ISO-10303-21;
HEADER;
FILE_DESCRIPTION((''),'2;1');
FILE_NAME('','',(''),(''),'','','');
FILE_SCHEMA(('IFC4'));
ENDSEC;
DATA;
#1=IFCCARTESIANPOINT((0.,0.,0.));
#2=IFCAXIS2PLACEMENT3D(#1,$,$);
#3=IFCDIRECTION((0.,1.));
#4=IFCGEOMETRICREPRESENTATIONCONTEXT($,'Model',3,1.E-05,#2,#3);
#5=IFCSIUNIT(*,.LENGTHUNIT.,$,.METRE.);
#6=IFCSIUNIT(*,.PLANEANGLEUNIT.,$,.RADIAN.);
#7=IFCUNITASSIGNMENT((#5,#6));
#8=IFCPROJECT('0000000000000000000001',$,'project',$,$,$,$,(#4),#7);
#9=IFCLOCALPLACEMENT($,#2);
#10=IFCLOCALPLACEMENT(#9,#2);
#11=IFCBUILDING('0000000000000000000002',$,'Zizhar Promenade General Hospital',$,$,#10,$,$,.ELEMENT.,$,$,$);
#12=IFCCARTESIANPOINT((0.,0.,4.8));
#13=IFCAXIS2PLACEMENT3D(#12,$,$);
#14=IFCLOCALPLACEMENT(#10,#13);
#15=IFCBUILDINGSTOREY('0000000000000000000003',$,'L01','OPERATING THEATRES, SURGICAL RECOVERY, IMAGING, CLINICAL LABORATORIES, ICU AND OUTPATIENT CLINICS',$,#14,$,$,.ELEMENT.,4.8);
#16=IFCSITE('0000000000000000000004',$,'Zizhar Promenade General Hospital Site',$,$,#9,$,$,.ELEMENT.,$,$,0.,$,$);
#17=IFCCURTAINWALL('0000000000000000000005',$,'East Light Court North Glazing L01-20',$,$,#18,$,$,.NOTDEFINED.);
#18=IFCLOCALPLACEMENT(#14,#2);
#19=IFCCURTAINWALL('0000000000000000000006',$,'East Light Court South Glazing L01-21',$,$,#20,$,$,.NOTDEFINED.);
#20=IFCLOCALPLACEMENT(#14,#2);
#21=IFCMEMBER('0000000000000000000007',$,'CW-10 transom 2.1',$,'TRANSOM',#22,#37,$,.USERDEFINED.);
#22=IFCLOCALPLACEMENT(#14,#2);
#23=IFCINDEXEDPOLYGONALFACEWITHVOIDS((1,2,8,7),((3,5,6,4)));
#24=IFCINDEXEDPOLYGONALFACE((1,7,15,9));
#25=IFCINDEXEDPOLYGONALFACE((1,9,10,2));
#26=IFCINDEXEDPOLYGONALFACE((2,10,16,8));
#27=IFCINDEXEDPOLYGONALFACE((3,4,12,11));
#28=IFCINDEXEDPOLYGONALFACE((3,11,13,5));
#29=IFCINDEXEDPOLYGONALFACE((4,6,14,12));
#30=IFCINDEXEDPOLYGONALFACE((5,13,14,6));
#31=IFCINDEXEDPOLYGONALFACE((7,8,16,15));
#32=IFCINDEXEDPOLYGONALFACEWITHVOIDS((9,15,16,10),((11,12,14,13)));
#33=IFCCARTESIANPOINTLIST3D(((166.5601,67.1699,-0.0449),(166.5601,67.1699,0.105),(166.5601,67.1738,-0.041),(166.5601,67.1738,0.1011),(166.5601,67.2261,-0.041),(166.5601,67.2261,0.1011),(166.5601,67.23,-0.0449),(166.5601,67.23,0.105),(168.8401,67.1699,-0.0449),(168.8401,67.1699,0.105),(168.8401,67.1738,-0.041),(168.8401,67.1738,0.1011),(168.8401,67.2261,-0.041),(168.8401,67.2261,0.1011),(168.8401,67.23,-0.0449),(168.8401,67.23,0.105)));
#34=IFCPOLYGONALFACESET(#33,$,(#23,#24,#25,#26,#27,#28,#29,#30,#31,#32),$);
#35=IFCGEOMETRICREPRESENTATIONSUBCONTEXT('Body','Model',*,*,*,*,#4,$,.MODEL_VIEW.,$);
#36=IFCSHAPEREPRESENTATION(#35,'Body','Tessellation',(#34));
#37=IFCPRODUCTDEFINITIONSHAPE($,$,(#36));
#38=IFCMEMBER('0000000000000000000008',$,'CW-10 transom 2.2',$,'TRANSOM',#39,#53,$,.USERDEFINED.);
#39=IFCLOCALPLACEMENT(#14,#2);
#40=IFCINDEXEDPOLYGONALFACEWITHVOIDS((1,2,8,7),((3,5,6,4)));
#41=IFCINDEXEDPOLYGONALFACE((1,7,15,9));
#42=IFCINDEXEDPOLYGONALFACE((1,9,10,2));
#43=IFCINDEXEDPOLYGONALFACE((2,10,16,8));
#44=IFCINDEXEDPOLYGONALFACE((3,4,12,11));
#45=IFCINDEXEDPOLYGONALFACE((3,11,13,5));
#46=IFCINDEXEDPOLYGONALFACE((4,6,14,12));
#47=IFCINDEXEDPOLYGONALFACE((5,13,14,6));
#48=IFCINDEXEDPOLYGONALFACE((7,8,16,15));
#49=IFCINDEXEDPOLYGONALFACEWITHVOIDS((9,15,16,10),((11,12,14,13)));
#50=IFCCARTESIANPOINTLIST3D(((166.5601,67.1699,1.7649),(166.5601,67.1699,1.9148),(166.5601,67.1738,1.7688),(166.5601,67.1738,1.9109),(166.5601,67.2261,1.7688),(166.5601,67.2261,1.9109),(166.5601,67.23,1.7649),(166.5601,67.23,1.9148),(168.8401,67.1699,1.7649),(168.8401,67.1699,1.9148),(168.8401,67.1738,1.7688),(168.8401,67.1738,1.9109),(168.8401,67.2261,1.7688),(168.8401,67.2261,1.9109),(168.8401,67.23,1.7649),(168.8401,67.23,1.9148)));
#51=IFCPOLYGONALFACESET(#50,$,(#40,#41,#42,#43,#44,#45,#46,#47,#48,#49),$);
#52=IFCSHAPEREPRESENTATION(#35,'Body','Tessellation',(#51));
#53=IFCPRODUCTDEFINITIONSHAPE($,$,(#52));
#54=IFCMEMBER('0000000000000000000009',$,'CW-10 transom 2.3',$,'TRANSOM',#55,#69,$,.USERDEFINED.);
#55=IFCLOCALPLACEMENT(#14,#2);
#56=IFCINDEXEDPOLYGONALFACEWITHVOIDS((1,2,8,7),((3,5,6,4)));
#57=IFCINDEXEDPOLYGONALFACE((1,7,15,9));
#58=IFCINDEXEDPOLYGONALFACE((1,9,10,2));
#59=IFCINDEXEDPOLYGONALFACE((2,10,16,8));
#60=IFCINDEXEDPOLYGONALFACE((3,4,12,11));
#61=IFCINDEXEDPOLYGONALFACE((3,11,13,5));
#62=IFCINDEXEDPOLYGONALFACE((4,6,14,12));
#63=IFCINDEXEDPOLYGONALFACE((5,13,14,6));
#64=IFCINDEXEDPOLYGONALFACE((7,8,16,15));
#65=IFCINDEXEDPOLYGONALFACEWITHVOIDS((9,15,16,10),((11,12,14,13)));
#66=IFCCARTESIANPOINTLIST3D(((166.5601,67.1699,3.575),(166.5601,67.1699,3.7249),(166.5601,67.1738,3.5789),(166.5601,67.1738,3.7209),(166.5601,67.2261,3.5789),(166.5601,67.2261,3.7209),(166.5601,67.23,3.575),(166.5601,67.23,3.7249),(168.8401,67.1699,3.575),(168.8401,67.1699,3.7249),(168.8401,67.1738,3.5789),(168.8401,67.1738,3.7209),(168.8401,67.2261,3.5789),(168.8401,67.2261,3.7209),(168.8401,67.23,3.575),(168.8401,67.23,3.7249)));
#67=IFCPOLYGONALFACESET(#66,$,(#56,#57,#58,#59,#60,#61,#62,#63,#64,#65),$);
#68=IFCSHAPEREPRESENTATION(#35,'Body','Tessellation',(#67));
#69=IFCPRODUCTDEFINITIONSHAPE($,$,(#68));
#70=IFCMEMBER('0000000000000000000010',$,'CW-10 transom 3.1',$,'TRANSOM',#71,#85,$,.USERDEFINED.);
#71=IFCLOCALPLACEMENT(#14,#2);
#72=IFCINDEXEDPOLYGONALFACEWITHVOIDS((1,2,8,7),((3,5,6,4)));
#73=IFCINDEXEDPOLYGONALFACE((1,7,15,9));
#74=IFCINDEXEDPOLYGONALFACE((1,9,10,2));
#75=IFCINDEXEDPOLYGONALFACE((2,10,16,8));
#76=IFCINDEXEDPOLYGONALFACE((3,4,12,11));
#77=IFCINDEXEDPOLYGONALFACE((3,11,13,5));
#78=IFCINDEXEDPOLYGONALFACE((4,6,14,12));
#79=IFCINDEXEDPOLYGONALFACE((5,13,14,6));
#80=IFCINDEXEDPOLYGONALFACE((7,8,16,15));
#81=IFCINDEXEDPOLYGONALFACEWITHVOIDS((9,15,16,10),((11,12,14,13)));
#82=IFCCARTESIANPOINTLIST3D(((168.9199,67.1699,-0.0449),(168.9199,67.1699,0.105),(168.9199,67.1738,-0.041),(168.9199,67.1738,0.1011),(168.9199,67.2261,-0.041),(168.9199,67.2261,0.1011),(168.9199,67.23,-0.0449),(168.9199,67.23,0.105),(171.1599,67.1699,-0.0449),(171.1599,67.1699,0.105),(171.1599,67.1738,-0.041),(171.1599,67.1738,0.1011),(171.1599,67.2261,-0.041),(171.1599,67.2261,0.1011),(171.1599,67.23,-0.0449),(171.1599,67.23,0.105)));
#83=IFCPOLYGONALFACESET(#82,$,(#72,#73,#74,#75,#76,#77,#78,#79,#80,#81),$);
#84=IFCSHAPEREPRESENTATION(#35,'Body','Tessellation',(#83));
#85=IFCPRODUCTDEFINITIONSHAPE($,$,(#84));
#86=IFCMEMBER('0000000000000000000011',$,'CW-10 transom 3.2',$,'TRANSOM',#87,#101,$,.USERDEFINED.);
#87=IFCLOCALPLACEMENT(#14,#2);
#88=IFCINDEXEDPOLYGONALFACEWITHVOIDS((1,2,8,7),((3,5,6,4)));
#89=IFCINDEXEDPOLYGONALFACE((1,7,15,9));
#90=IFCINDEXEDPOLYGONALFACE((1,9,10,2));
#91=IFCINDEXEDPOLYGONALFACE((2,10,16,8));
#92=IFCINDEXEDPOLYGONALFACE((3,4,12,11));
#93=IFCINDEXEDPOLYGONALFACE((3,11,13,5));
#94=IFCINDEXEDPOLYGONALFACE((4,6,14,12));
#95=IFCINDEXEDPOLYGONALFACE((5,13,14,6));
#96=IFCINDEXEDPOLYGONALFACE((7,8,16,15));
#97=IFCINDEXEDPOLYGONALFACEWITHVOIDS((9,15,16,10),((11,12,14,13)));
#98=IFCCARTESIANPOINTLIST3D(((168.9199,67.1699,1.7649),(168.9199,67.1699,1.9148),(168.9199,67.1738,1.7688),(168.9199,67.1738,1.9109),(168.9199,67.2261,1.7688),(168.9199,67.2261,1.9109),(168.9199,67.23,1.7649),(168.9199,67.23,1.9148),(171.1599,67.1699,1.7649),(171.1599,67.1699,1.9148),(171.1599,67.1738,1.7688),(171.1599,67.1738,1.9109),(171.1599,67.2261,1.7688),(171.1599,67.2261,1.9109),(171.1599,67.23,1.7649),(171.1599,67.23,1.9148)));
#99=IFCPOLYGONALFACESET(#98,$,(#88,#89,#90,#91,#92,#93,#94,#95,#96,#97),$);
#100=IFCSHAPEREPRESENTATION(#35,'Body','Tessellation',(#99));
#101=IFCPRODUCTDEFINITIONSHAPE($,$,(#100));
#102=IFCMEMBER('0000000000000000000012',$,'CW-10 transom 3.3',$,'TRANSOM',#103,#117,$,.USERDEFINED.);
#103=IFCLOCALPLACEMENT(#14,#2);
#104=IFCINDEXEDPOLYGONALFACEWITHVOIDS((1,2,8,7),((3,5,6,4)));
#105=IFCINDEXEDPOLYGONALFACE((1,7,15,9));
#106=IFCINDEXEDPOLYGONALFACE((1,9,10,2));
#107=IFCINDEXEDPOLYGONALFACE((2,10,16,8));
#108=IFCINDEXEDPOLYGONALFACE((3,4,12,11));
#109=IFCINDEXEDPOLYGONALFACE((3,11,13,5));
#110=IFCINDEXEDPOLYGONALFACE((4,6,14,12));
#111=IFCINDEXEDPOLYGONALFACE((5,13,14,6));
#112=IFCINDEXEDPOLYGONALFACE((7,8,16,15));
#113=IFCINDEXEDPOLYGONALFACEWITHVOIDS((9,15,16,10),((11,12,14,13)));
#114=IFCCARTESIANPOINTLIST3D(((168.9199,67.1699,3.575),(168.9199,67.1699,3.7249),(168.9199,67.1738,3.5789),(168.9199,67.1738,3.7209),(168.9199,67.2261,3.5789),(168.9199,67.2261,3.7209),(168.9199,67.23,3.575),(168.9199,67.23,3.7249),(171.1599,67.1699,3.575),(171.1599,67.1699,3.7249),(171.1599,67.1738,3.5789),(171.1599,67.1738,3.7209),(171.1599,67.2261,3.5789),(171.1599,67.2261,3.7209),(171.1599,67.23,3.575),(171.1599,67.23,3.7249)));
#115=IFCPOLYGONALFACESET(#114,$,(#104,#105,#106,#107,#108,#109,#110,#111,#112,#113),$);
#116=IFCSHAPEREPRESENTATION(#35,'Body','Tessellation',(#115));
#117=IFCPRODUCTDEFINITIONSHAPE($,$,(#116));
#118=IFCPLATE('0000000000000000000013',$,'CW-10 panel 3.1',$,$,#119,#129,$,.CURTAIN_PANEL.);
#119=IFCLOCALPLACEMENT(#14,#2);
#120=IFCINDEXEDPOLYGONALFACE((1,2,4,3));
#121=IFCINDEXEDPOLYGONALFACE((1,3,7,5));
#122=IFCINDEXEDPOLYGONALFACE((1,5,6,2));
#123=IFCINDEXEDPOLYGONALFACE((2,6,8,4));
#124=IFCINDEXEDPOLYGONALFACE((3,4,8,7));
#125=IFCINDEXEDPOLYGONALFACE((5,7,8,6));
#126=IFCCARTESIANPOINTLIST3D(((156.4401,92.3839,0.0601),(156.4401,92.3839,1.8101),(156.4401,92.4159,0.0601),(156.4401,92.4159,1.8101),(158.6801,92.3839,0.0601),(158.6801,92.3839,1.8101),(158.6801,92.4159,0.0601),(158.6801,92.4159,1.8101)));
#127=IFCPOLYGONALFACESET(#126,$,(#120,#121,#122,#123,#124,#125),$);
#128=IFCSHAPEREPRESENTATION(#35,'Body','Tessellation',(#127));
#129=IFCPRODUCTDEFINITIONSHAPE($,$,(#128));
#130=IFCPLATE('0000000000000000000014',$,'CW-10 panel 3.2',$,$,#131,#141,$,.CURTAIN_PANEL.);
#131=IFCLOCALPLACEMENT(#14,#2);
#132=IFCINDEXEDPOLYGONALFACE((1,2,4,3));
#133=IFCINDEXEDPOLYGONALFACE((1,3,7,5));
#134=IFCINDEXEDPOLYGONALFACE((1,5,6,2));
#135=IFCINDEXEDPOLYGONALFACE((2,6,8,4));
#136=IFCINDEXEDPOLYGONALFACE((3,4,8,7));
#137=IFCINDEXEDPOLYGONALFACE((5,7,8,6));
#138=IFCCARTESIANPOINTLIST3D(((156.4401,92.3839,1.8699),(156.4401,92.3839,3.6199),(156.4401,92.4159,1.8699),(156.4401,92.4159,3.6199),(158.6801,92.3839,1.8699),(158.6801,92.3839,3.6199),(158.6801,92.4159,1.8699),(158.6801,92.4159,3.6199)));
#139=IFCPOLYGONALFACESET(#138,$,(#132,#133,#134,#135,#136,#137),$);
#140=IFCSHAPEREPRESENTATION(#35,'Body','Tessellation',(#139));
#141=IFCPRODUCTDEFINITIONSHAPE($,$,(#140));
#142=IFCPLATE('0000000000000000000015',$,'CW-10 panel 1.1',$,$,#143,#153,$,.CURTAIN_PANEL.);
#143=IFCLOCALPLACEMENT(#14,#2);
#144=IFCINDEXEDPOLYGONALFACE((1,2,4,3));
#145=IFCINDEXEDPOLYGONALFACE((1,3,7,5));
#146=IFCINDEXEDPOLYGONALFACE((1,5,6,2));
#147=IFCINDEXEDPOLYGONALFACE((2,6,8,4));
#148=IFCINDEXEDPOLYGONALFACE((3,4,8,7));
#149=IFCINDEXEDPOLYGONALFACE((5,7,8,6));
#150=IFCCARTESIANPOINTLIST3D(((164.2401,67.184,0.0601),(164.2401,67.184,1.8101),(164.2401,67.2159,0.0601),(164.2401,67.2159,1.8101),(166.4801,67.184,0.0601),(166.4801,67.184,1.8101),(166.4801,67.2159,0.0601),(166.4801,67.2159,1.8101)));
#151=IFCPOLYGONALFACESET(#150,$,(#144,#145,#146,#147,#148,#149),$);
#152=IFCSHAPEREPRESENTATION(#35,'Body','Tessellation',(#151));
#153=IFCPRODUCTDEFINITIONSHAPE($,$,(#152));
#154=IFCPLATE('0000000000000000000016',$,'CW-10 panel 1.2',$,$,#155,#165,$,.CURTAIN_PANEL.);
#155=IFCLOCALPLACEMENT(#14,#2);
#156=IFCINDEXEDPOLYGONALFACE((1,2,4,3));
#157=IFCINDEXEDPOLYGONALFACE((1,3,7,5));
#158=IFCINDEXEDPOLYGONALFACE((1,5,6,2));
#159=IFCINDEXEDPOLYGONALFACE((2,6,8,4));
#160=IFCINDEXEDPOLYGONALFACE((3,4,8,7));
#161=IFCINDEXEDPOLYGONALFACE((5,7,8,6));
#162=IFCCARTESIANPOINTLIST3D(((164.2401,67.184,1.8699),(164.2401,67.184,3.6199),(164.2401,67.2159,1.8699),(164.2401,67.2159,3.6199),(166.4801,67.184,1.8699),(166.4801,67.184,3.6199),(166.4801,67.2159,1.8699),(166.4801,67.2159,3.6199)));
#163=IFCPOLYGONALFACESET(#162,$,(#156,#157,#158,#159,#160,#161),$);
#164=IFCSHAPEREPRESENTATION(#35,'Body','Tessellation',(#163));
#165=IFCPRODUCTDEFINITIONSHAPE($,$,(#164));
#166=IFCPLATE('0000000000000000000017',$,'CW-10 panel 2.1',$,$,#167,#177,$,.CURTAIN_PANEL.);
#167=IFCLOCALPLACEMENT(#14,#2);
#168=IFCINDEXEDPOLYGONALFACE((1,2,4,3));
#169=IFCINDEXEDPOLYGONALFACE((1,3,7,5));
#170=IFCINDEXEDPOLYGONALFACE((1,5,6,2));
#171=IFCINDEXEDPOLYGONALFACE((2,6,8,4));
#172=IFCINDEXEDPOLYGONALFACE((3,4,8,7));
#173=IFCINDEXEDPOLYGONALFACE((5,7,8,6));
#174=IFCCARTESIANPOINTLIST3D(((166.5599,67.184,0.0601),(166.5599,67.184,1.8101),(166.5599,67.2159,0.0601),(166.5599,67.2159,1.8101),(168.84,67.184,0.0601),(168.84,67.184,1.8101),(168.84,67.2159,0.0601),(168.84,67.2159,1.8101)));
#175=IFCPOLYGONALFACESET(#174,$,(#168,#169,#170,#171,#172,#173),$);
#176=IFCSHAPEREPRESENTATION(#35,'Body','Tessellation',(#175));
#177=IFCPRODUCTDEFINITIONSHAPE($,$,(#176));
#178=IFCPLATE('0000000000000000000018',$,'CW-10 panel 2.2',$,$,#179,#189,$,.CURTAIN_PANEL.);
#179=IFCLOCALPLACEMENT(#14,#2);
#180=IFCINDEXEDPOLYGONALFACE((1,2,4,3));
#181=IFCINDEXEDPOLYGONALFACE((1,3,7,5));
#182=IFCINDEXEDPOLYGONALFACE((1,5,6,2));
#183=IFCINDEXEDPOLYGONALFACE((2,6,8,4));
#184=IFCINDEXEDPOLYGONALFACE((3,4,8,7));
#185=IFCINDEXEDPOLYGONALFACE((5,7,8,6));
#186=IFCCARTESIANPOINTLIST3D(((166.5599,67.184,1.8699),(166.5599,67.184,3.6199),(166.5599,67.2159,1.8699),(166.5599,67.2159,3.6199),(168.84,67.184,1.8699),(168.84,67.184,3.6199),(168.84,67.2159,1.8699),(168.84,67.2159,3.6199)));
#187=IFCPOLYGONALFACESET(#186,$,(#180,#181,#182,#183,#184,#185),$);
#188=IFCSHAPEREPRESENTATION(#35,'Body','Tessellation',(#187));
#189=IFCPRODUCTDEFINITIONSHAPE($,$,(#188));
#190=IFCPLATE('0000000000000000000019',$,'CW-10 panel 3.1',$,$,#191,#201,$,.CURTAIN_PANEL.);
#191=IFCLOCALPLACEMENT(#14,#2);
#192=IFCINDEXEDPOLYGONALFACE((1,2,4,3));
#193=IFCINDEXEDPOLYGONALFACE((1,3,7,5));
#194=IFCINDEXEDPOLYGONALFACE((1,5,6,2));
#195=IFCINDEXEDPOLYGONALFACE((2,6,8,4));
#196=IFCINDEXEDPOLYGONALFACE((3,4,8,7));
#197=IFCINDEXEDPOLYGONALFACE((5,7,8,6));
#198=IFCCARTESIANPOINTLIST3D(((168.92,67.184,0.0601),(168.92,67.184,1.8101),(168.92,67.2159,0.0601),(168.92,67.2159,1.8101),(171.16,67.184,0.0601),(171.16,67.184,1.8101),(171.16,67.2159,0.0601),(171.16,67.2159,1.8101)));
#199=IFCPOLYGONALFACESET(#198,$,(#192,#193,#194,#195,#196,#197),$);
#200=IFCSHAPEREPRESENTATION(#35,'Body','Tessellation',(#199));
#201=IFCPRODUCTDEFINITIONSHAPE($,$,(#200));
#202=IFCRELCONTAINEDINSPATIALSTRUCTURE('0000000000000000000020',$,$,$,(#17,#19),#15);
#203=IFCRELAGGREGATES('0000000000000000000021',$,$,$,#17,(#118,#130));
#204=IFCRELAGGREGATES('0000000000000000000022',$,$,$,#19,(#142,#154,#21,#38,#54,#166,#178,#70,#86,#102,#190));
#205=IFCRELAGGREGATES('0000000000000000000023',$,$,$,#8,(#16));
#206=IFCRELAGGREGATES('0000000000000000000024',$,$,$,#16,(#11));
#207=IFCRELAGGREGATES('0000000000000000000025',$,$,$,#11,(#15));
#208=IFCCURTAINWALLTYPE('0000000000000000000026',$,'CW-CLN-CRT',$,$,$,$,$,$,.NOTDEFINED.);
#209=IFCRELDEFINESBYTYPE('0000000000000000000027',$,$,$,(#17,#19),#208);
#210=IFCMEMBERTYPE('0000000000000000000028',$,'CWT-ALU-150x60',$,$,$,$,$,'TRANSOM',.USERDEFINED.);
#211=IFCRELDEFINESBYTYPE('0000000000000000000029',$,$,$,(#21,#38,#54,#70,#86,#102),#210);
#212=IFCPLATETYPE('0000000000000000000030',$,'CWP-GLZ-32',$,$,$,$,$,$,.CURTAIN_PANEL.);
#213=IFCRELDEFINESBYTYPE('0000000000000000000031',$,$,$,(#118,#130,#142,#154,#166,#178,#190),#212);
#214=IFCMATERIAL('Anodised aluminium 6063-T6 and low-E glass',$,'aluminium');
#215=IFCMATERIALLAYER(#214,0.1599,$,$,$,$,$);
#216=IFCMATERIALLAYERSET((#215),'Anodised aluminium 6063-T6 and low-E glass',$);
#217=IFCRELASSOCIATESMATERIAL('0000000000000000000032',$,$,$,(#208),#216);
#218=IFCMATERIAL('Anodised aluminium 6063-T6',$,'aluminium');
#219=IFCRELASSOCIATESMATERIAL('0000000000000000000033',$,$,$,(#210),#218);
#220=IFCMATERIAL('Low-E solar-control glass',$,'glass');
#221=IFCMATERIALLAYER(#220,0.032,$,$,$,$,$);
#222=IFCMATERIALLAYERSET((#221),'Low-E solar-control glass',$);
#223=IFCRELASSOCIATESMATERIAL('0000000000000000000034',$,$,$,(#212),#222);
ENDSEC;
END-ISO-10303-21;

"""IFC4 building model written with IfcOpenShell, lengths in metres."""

from ifc_helpers import new_model, si_unit, direction, frame, origin, origin_2d, place, context, subcontext, project, spatial, rectangle, hollow_rectangle, extrude, material, layer, layer_set, material_profile, profile_set, type_object, element, aggregate, save


model = new_model("IFC4")

# Units and contexts
model_context = context("Model", 3, precision=1e-05, world=origin(), true_north=direction((0.0, 1.0)))
body_context = subcontext(model_context, "Body", "Model", "MODEL_VIEW")
ifc_project = project(units=[si_unit("LENGTHUNIT", "METRE"), si_unit("PLANEANGLEUNIT", "RADIAN")], contexts=[model_context])

# Site, building, storey
site_placement = place(None, origin())
site = spatial("IfcSite", under=ifc_project, at=site_placement, Name="Zizhar Promenade General Hospital Site", CompositionType="ELEMENT", RefElevation=0.0)
building_placement = place(site_placement, origin())
building = spatial("IfcBuilding", under=site, at=building_placement, Name="Zizhar Promenade General Hospital", CompositionType="ELEMENT")
storey_placement = place(building_placement, frame((0.0, 0.0, 4.8)))
storey = spatial("IfcBuildingStorey", under=building, at=storey_placement, Name="L01", Description="OPERATING THEATRES, SURGICAL RECOVERY, IMAGING, CLINICAL LABORATORIES, ICU AND OUTPATIENT CLINICS", CompositionType="ELEMENT", Elevation=4.8)

# Curtain walls
ifc_material_1 = material(Name="Anodised aluminium 6063-T6 and low-E glass", Category="aluminium")
ifc_layer_1 = layer(ifc_material_1, 0.1599)
ifc_layer_set_1 = layer_set([ifc_layer_1], Name="Anodised aluminium 6063-T6 and low-E glass")
curtain_wall_type = type_object("IfcCurtainWallType", Name="CW-CLN-CRT", PredefinedType="NOTDEFINED", material=ifc_layer_set_1)
curtain_wall_1_placement = place(storey_placement, origin())
curtain_wall_1 = element("IfcCurtainWall", 1, at=curtain_wall_1_placement, inside=storey, type_object=curtain_wall_type, Name="East Light Court North Glazing L01-20", PredefinedType="NOTDEFINED")
curtain_wall_2_placement = place(storey_placement, origin())
curtain_wall_2 = element("IfcCurtainWall", 2, at=curtain_wall_2_placement, inside=storey, type_object=curtain_wall_type, Name="East Light Court South Glazing L01-21", PredefinedType="NOTDEFINED")

# Members
ifc_material_2 = material(Name="Anodised aluminium 6063-T6", Category="aluminium")
ifc_material_profile_1 = material_profile(ifc_material_2, hollow_rectangle(XDim=0.0601, YDim=0.1499, WallThickness=0.0039, at=origin_2d()))
ifc_profile_set_1 = profile_set([ifc_material_profile_1], Name="Anodised aluminium 6063-T6")
member_type_1 = type_object("IfcMemberType", Name="CWT-ALU-150x60", ElementType="TRANSOM", PredefinedType="USERDEFINED", material=ifc_profile_set_1)
member_1_placement = place(storey_placement, frame((166.5601, 67.2, 0.03), z_axis=(1.0, 0.0, 0.0), x_axis=(0.0, 1.0, 0.0)))
member_1 = element("IfcMember", 3, at=member_1_placement, type_object=member_type_1, Name="CW-10 transom 2.1", ObjectType="TRANSOM", PredefinedType="USERDEFINED", context=body_context, shape_type="SweptSolid", body=[
    extrude(hollow_rectangle(XDim=0.0601, YDim=0.1499, WallThickness=0.0039, at=origin_2d()), origin(), (0.0, 0.0, 1.0), 2.28),
])
member_2_placement = place(storey_placement, frame((166.5601, 67.2, 1.8398), z_axis=(1.0, 0.0, 0.0), x_axis=(0.0, 1.0, 0.0)))
member_2 = element("IfcMember", 4, at=member_2_placement, type_object=member_type_1, Name="CW-10 transom 2.2", ObjectType="TRANSOM", PredefinedType="USERDEFINED", context=body_context, shape_type="SweptSolid", body=[
    extrude(hollow_rectangle(XDim=0.0601, YDim=0.1499, WallThickness=0.0039, at=origin_2d()), origin(), (0.0, 0.0, 1.0), 2.28),
])
member_3_placement = place(storey_placement, frame((166.5601, 67.2, 3.6499), z_axis=(1.0, 0.0, 0.0), x_axis=(0.0, 1.0, 0.0)))
member_3 = element("IfcMember", 5, at=member_3_placement, type_object=member_type_1, Name="CW-10 transom 2.3", ObjectType="TRANSOM", PredefinedType="USERDEFINED", context=body_context, shape_type="SweptSolid", body=[
    extrude(hollow_rectangle(XDim=0.0601, YDim=0.1499, WallThickness=0.0039, at=origin_2d()), origin(), (0.0, 0.0, 1.0), 2.28),
])
member_4_placement = place(storey_placement, frame((168.9199, 67.2, 0.03), z_axis=(1.0, 0.0, 0.0), x_axis=(0.0, 1.0, 0.0)))
member_4 = element("IfcMember", 6, at=member_4_placement, type_object=member_type_1, Name="CW-10 transom 3.1", ObjectType="TRANSOM", PredefinedType="USERDEFINED", context=body_context, shape_type="SweptSolid", body=[
    extrude(hollow_rectangle(XDim=0.0601, YDim=0.1499, WallThickness=0.0039, at=origin_2d()), origin(), (0.0, 0.0, 1.0), 2.24),
])
member_5_placement = place(storey_placement, frame((168.9199, 67.2, 1.8398), z_axis=(1.0, 0.0, 0.0), x_axis=(0.0, 1.0, 0.0)))
member_5 = element("IfcMember", 7, at=member_5_placement, type_object=member_type_1, Name="CW-10 transom 3.2", ObjectType="TRANSOM", PredefinedType="USERDEFINED", context=body_context, shape_type="SweptSolid", body=[
    extrude(hollow_rectangle(XDim=0.0601, YDim=0.1499, WallThickness=0.0039, at=origin_2d()), origin(), (0.0, 0.0, 1.0), 2.24),
])
member_6_placement = place(storey_placement, frame((168.9199, 67.2, 3.6499), z_axis=(1.0, 0.0, 0.0), x_axis=(0.0, 1.0, 0.0)))
member_6 = element("IfcMember", 8, at=member_6_placement, type_object=member_type_1, Name="CW-10 transom 3.3", ObjectType="TRANSOM", PredefinedType="USERDEFINED", context=body_context, shape_type="SweptSolid", body=[
    extrude(hollow_rectangle(XDim=0.0601, YDim=0.1499, WallThickness=0.0039, at=origin_2d()), origin(), (0.0, 0.0, 1.0), 2.24),
])

# Plates
ifc_material_3 = material(Name="Low-E solar-control glass", Category="glass")
ifc_layer_2 = layer(ifc_material_3, 0.032)
ifc_layer_set_2 = layer_set([ifc_layer_2], Name="Low-E solar-control glass")
plate_type = type_object("IfcPlateType", Name="CWP-GLZ-32", PredefinedType="CURTAIN_PANEL", material=ifc_layer_set_2)
plate_1_placement = place(storey_placement, frame((157.5601, 92.3999, 0.0601), z_axis=(0.0, 0.0, 1.0), x_axis=(-1.0, 0.0, 0.0)))
plate_1 = element("IfcPlate", 9, at=plate_1_placement, type_object=plate_type, Name="CW-10 panel 3.1", PredefinedType="CURTAIN_PANEL", context=body_context, shape_type="SweptSolid", body=[
    extrude(rectangle(XDim=2.24, YDim=0.032, at=origin_2d()), origin(), (0.0, 0.0, 1.0), 1.75),
])
plate_2_placement = place(storey_placement, frame((157.5601, 92.3999, 1.8699), z_axis=(0.0, 0.0, 1.0), x_axis=(-1.0, 0.0, 0.0)))
plate_2 = element("IfcPlate", 10, at=plate_2_placement, type_object=plate_type, Name="CW-10 panel 3.2", PredefinedType="CURTAIN_PANEL", context=body_context, shape_type="SweptSolid", body=[
    extrude(rectangle(XDim=2.24, YDim=0.032, at=origin_2d()), origin(), (0.0, 0.0, 1.0), 1.75),
])
aggregate(curtain_wall_1, [plate_1, plate_2])
plate_3_placement = place(storey_placement, frame((165.3601, 67.2, 0.0601), z_axis=(0.0, 0.0, 1.0), x_axis=(1.0, 0.0, 0.0)))
plate_3 = element("IfcPlate", 11, at=plate_3_placement, type_object=plate_type, Name="CW-10 panel 1.1", PredefinedType="CURTAIN_PANEL", context=body_context, shape_type="SweptSolid", body=[
    extrude(rectangle(XDim=2.24, YDim=0.032, at=origin_2d()), origin(), (0.0, 0.0, 1.0), 1.75),
])
plate_4_placement = place(storey_placement, frame((165.3601, 67.2, 1.8699), z_axis=(0.0, 0.0, 1.0), x_axis=(1.0, 0.0, 0.0)))
plate_4 = element("IfcPlate", 12, at=plate_4_placement, type_object=plate_type, Name="CW-10 panel 1.2", PredefinedType="CURTAIN_PANEL", context=body_context, shape_type="SweptSolid", body=[
    extrude(rectangle(XDim=2.24, YDim=0.032, at=origin_2d()), origin(), (0.0, 0.0, 1.0), 1.75),
])
plate_5_placement = place(storey_placement, frame((167.7, 67.2, 0.0601), z_axis=(0.0, 0.0, 1.0), x_axis=(1.0, 0.0, 0.0)))
plate_5 = element("IfcPlate", 13, at=plate_5_placement, type_object=plate_type, Name="CW-10 panel 2.1", PredefinedType="CURTAIN_PANEL", context=body_context, shape_type="SweptSolid", body=[
    extrude(rectangle(XDim=2.28, YDim=0.032, at=origin_2d()), origin(), (0.0, 0.0, 1.0), 1.75),
])
plate_6_placement = place(storey_placement, frame((167.7, 67.2, 1.8699), z_axis=(0.0, 0.0, 1.0), x_axis=(1.0, 0.0, 0.0)))
plate_6 = element("IfcPlate", 14, at=plate_6_placement, type_object=plate_type, Name="CW-10 panel 2.2", PredefinedType="CURTAIN_PANEL", context=body_context, shape_type="SweptSolid", body=[
    extrude(rectangle(XDim=2.28, YDim=0.032, at=origin_2d()), origin(), (0.0, 0.0, 1.0), 1.75),
])
plate_7_placement = place(storey_placement, frame((170.04, 67.2, 0.0601), z_axis=(0.0, 0.0, 1.0), x_axis=(1.0, 0.0, 0.0)))
plate_7 = element("IfcPlate", 15, at=plate_7_placement, type_object=plate_type, Name="CW-10 panel 3.1", PredefinedType="CURTAIN_PANEL", context=body_context, shape_type="SweptSolid", body=[
    extrude(rectangle(XDim=2.24, YDim=0.032, at=origin_2d()), origin(), (0.0, 0.0, 1.0), 1.75),
])
aggregate(curtain_wall_2, [plate_3, plate_4, member_1, member_2, member_3, plate_5, plate_6, member_4, member_5, member_6, plate_7])

save(model, "model.ifc")
